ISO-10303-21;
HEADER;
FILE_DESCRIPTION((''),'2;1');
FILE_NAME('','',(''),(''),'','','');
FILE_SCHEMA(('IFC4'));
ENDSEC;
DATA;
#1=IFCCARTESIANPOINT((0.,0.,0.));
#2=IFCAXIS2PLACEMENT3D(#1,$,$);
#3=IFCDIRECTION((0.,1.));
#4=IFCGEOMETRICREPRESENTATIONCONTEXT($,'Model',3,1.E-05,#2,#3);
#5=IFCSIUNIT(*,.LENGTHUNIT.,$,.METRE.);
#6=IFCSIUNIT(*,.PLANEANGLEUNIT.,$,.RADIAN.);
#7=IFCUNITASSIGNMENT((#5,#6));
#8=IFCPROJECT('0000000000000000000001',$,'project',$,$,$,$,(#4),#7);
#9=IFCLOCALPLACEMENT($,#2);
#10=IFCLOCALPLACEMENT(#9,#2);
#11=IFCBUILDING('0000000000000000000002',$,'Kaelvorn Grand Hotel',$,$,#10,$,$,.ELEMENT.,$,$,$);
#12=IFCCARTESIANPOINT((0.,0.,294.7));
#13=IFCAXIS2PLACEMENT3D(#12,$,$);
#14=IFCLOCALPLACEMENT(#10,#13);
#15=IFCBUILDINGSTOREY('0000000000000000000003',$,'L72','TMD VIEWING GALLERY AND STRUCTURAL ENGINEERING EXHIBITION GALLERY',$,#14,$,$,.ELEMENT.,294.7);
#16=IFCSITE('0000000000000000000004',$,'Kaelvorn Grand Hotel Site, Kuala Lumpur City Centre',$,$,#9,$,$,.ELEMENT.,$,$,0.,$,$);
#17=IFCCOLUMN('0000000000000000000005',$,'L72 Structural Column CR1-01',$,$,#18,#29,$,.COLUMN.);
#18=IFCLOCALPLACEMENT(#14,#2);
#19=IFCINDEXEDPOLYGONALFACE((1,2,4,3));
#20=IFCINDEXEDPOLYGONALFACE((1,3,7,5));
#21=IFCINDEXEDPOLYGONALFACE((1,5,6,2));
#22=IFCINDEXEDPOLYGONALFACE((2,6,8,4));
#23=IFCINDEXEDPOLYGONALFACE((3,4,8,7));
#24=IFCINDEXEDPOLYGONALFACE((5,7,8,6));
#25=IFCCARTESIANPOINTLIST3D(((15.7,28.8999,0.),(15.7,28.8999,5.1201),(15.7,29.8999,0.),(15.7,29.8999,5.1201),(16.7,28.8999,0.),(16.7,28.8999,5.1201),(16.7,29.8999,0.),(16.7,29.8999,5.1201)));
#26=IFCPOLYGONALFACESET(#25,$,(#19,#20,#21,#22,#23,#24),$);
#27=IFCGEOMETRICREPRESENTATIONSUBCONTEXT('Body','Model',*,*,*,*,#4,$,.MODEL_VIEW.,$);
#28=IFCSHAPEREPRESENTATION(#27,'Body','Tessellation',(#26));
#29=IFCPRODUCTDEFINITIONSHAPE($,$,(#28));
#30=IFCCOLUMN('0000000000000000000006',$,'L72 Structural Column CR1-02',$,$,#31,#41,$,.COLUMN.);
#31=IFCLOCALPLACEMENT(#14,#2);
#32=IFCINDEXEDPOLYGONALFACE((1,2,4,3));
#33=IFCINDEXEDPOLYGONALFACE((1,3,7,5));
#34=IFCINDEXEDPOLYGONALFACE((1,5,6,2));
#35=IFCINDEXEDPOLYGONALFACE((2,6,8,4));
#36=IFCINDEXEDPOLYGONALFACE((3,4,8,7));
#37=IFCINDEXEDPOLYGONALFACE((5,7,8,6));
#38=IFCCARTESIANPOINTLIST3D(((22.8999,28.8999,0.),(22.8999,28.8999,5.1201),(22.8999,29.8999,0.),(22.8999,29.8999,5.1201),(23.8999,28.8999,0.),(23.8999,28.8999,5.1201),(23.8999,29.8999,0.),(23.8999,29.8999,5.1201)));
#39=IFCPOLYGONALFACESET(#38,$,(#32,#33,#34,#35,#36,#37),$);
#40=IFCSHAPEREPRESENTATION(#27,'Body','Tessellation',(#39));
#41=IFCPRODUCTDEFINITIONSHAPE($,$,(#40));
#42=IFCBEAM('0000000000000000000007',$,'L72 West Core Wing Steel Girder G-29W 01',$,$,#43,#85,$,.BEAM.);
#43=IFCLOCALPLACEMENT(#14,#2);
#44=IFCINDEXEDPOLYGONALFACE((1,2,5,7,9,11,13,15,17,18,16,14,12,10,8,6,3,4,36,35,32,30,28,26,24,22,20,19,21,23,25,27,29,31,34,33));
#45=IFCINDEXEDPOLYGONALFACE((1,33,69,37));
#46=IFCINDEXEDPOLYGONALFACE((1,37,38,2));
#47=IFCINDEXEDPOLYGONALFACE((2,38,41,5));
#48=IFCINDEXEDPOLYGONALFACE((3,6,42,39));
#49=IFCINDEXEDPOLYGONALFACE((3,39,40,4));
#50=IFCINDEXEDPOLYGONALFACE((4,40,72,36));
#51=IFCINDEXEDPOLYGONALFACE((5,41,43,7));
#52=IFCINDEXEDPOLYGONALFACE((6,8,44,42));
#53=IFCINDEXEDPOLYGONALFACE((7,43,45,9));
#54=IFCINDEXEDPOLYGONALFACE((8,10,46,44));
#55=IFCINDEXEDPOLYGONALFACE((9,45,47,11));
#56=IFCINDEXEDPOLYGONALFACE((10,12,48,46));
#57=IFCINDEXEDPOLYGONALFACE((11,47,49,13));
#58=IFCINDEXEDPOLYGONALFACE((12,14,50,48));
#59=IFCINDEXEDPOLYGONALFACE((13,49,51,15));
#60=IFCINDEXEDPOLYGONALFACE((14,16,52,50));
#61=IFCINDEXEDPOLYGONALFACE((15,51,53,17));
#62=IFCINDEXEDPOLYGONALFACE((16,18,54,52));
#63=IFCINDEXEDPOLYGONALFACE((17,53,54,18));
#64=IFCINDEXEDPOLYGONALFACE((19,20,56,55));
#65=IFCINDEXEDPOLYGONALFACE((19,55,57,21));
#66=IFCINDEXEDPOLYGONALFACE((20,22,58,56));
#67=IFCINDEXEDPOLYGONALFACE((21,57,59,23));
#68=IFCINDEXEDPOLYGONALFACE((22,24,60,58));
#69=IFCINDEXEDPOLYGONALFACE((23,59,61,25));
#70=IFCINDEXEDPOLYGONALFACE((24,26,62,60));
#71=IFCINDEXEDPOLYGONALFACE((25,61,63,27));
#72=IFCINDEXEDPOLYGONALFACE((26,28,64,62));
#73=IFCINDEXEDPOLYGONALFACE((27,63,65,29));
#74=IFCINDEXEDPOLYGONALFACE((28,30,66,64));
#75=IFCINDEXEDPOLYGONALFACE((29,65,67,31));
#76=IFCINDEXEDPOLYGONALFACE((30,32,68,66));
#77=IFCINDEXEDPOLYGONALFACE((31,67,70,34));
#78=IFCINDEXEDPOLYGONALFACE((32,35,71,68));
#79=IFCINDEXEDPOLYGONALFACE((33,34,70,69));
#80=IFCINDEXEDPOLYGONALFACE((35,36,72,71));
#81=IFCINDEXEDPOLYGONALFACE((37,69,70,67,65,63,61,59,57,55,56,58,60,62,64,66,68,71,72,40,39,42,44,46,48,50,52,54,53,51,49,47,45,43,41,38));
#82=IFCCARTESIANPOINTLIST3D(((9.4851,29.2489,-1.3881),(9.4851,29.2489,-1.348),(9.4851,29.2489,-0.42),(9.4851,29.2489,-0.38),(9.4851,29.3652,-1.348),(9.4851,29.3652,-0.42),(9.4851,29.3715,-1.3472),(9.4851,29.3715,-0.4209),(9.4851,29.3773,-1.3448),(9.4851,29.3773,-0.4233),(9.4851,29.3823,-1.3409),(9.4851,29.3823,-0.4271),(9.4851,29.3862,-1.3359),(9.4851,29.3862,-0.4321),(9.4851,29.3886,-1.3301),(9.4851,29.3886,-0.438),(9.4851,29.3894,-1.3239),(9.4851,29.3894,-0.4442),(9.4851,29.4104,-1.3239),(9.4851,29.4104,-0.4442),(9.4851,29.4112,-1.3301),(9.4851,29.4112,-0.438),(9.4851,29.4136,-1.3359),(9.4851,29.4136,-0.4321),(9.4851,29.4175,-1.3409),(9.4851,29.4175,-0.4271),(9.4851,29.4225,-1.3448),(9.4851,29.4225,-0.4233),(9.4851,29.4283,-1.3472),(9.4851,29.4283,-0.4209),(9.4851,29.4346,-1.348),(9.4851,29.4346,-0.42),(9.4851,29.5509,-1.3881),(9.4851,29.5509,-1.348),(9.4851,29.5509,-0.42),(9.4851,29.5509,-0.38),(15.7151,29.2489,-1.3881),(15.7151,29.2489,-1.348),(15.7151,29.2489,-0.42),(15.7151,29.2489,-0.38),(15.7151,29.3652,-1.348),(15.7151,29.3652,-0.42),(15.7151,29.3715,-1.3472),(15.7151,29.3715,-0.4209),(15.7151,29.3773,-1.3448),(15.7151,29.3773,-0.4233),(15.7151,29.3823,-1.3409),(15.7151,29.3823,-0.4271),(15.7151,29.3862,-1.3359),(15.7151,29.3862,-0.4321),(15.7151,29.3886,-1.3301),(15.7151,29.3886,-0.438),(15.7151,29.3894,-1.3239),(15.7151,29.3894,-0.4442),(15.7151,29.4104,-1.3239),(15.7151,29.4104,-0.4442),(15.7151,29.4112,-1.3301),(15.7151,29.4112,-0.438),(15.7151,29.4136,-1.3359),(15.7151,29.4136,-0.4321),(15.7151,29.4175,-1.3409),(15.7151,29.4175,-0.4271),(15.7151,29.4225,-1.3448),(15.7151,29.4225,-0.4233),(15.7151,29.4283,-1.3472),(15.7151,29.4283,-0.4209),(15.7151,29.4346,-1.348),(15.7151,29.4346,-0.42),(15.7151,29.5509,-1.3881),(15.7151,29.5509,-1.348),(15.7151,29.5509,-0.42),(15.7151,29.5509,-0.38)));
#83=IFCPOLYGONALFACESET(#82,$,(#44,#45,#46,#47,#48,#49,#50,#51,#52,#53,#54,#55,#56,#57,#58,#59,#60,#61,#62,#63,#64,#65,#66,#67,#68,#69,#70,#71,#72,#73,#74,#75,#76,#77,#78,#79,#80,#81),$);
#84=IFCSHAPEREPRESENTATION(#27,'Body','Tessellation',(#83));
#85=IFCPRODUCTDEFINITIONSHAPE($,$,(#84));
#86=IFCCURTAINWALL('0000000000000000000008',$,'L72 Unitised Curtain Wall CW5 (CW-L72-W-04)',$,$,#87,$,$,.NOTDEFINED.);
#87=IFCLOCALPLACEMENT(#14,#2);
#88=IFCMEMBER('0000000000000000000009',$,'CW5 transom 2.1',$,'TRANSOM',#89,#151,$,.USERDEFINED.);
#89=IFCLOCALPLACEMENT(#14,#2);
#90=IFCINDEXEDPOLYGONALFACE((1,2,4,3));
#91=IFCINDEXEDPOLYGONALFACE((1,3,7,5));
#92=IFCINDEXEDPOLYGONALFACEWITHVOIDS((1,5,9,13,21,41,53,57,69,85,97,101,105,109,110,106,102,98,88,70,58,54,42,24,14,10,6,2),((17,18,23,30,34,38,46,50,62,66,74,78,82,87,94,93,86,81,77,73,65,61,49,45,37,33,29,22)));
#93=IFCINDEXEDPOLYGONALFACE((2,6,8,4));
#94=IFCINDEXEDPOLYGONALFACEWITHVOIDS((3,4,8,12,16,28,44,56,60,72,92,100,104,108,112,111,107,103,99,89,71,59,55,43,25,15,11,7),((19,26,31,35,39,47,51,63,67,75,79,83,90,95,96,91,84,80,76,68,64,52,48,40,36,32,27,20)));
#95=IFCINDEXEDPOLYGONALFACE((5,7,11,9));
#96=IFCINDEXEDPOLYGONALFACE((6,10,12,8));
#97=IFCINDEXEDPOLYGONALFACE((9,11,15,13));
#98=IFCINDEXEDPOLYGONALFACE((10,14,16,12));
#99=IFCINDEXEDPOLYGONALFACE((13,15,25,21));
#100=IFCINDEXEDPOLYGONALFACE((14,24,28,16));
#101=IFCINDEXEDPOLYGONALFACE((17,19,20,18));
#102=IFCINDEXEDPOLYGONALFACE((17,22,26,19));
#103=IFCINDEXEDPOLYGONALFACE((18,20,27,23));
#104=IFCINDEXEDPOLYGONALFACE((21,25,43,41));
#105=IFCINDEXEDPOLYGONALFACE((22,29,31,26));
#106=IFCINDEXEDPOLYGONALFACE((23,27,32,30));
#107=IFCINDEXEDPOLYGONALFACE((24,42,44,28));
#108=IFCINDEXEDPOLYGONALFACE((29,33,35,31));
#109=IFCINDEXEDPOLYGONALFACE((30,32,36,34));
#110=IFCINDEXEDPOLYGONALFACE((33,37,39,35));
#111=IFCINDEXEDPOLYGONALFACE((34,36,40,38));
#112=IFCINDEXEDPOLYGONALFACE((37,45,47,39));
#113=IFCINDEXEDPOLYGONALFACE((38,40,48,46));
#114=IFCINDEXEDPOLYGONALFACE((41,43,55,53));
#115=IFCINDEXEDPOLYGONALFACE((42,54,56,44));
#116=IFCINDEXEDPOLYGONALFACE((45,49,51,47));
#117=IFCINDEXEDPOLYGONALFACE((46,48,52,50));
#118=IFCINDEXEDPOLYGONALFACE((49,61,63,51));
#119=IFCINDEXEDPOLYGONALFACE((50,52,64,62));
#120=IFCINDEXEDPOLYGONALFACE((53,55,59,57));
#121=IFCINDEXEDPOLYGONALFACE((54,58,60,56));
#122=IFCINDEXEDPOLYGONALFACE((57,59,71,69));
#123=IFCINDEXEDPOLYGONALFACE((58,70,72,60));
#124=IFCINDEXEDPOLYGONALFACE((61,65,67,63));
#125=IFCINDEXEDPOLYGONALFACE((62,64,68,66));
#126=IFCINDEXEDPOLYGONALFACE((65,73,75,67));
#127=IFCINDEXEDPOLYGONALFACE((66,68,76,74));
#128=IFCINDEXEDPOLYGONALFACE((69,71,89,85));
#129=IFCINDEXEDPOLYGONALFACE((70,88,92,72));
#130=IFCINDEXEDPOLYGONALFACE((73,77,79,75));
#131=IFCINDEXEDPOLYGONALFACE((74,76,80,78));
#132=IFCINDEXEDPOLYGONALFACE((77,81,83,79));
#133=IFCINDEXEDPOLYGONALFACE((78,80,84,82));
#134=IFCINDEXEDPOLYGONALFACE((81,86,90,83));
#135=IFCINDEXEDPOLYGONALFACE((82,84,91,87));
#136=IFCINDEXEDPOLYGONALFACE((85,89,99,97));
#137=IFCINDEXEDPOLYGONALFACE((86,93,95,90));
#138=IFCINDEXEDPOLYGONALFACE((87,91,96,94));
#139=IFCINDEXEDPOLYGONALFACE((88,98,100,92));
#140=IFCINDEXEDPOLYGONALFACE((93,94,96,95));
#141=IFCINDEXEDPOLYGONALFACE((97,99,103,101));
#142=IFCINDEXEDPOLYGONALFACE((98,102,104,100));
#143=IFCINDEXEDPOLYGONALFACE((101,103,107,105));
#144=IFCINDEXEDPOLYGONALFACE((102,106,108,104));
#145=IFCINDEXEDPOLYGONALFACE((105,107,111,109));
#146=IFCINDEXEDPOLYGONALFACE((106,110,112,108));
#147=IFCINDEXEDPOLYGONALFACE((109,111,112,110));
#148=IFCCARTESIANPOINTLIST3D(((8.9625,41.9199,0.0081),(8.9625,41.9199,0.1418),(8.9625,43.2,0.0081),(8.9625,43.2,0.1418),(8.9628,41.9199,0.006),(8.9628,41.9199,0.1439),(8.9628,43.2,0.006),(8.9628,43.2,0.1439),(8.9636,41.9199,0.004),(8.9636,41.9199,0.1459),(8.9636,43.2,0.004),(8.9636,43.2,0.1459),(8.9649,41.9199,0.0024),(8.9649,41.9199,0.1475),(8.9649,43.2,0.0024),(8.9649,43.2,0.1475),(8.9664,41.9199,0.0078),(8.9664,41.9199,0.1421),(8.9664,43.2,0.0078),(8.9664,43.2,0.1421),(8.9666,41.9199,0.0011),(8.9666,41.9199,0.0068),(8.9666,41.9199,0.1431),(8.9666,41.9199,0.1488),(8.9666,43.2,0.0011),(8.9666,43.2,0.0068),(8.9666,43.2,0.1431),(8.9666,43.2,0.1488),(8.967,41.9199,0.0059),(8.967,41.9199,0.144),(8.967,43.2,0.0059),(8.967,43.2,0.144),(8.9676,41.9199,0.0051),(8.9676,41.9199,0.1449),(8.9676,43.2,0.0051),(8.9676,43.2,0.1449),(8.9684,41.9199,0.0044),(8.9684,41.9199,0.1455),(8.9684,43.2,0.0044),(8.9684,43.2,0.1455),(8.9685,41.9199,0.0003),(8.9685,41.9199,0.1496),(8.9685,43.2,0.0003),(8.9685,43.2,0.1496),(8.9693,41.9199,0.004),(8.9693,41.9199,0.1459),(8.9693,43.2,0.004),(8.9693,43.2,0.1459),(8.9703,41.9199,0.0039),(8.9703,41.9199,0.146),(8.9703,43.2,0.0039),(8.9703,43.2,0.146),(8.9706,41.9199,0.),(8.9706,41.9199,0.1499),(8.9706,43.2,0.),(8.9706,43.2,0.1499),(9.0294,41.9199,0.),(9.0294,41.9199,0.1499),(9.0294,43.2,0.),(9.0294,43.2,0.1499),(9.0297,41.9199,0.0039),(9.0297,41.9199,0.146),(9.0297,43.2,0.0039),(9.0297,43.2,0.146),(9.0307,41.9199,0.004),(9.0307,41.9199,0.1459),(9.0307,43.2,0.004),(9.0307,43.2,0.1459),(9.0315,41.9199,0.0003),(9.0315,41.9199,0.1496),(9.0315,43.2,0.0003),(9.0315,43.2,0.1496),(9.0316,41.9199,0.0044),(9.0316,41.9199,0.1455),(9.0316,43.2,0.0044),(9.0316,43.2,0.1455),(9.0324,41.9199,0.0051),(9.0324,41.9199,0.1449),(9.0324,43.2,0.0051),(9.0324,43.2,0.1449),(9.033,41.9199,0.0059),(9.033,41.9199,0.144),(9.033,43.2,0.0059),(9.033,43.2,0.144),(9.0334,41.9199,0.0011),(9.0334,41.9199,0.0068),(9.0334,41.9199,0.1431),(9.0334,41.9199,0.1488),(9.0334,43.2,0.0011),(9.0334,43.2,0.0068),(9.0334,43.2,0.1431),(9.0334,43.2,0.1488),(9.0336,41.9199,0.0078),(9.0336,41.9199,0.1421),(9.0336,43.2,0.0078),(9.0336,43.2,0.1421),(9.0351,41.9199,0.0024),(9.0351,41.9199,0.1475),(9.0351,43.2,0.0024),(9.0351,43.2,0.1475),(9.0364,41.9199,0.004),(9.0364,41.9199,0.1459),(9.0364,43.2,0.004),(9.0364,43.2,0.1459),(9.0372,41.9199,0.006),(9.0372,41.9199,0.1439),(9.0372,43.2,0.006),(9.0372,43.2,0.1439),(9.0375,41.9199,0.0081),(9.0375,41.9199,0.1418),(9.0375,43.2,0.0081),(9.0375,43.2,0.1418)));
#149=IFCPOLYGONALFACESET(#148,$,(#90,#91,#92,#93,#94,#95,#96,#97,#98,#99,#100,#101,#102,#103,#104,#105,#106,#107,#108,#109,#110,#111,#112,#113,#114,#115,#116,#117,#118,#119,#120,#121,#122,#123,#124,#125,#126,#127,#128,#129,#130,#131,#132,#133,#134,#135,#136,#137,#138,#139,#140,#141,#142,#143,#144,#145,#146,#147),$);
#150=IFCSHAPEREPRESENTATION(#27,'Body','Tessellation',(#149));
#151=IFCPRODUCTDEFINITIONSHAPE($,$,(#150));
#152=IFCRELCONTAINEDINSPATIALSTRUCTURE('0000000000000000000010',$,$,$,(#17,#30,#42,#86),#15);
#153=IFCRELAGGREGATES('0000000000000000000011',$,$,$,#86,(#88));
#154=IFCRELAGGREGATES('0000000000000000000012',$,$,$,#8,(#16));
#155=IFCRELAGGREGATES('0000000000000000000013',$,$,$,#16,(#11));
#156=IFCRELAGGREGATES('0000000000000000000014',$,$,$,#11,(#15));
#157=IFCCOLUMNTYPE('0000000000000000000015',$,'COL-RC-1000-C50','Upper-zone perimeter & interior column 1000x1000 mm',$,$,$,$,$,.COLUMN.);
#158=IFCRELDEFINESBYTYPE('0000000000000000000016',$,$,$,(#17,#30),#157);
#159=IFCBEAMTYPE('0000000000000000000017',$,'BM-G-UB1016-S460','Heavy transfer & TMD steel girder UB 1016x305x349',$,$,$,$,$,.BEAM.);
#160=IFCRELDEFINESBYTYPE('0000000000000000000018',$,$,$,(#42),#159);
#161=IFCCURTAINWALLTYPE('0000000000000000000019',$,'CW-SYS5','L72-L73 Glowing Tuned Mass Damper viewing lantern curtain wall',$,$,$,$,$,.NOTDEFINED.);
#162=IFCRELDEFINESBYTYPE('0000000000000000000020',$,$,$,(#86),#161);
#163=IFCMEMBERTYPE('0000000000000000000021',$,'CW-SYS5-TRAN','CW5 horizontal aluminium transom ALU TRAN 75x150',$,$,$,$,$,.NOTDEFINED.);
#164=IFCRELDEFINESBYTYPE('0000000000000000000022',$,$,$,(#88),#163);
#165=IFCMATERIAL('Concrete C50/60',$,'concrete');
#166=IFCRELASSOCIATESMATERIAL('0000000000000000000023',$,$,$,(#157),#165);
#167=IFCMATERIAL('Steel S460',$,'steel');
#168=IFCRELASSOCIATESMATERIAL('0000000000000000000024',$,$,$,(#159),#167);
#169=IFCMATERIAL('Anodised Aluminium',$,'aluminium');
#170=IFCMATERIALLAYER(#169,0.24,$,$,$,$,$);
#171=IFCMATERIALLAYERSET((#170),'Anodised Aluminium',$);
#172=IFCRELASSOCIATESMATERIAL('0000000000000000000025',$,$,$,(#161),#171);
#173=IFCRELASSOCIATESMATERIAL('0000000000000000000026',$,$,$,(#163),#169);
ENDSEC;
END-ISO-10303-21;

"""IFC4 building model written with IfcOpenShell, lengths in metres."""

from ifc_helpers import new_model, si_unit, direction, frame, origin, origin_2d, place, context, subcontext, project, spatial, rectangle, hollow_rectangle, i_section, extrude, material, layer, layer_set, material_profile, profile_set, type_object, element, aggregate, save


model = new_model("IFC4")

# Units and contexts
model_context = context("Model", 3, precision=1e-05, world=origin(), true_north=direction((0.0, 1.0)))
body_context = subcontext(model_context, "Body", "Model", "MODEL_VIEW")
ifc_project = project(units=[si_unit("LENGTHUNIT", "METRE"), si_unit("PLANEANGLEUNIT", "RADIAN")], contexts=[model_context])

# Site, building, storey
site_placement = place(None, origin())
site = spatial("IfcSite", under=ifc_project, at=site_placement, Name="Kaelvorn Grand Hotel Site, Kuala Lumpur City Centre", CompositionType="ELEMENT", RefElevation=0.0)
building_placement = place(site_placement, origin())
building = spatial("IfcBuilding", under=site, at=building_placement, Name="Kaelvorn Grand Hotel", CompositionType="ELEMENT")
storey_placement = place(building_placement, frame((0.0, 0.0, 294.7)))
storey = spatial("IfcBuildingStorey", under=building, at=storey_placement, Name="L72", Description="TMD VIEWING GALLERY AND STRUCTURAL ENGINEERING EXHIBITION GALLERY", CompositionType="ELEMENT", Elevation=294.7)

# Columns
ifc_material_1 = material(Name="Concrete C50/60", Category="concrete")
ifc_material_profile_1 = material_profile(ifc_material_1, rectangle(XDim=1.0, YDim=1.0, at=origin_2d()), Name="RC COL 1000x1000")
ifc_profile_set_1 = profile_set([ifc_material_profile_1], Name="Concrete C50/60")
column_type = type_object("IfcColumnType", Name="COL-RC-1000-C50", Description="Upper-zone perimeter & interior column 1000x1000 mm", PredefinedType="COLUMN", material=ifc_profile_set_1)
for number, where, z_axis, x_axis, name in (
    (1, (16.2, 29.3999, 0.0), (0.0, 0.0, 1.0), (1.0, 0.0, 0.0), "L72 Structural Column CR1-01"),
    (2, (23.3999, 29.3999, 0.0), (0.0, 0.0, 1.0), (1.0, 0.0, 0.0), "L72 Structural Column CR1-02"),
):
    element("IfcColumn", number, at=place(storey_placement, frame(where, z_axis=z_axis, x_axis=x_axis)), inside=storey, type_object=column_type, Name=name, PredefinedType="COLUMN", context=body_context, shape_type="SweptSolid", body=[
        extrude(rectangle(XDim=1.0, YDim=1.0, at=origin_2d()), origin(), (0.0, 0.0, 1.0), 5.1201),
    ])

# Beam
ifc_material_2 = material(Name="Steel S460", Category="steel")
ifc_material_profile_2 = material_profile(ifc_material_2, i_section(OverallWidth=0.302, OverallDepth=1.0081, WebThickness=0.021, FlangeThickness=0.04, FilletRadius=0.0242, at=origin_2d()), Name="UB 1016x305x349")
ifc_profile_set_2 = profile_set([ifc_material_profile_2], Name="Steel S460")
beam_type = type_object("IfcBeamType", Name="BM-G-UB1016-S460", Description="Heavy transfer & TMD steel girder UB 1016x305x349", PredefinedType="BEAM", material=ifc_profile_set_2)
beam_placement = place(storey_placement, frame((9.4851, 29.3999, -0.884), z_axis=(1.0, 0.0, 0.0), x_axis=(0.0, 1.0, 0.0)))
element("IfcBeam", 3, at=beam_placement, inside=storey, type_object=beam_type, Name="L72 West Core Wing Steel Girder G-29W 01", PredefinedType="BEAM", context=body_context, shape_type="SweptSolid", body=[
    extrude(i_section(OverallWidth=0.302, OverallDepth=1.0081, WebThickness=0.021, FlangeThickness=0.04, FilletRadius=0.0242, at=origin_2d()), origin(), (0.0, 0.0, 1.0), 6.23),
])

# Curtain wall, member
ifc_material_3 = material(Name="Anodised Aluminium", Category="aluminium")
ifc_layer_1 = layer(ifc_material_3, 0.24)
ifc_layer_set_1 = layer_set([ifc_layer_1], Name="Anodised Aluminium")
curtain_wall_type = type_object("IfcCurtainWallType", Name="CW-SYS5", Description="L72-L73 Glowing Tuned Mass Damper viewing lantern curtain wall", PredefinedType="NOTDEFINED", material=ifc_layer_set_1)
curtain_wall_placement = place(storey_placement, origin())
curtain_wall = element("IfcCurtainWall", 4, at=curtain_wall_placement, inside=storey, type_object=curtain_wall_type, Name="L72 Unitised Curtain Wall CW5 (CW-L72-W-04)", PredefinedType="NOTDEFINED")
ifc_material_profile_3 = material_profile(ifc_material_3, hollow_rectangle(XDim=0.075, YDim=0.1499, WallThickness=0.0039, InnerFilletRadius=0.0039, OuterFilletRadius=0.0081, at=origin_2d()), Name="ALU TRAN 75x150")
ifc_profile_set_3 = profile_set([ifc_material_profile_3], Name="Anodised Aluminium")
member_type = type_object("IfcMemberType", Name="CW-SYS5-TRAN", Description="CW5 horizontal aluminium transom ALU TRAN 75x150", PredefinedType="NOTDEFINED", material=ifc_profile_set_3)
member_1_placement = place(storey_placement, frame((9.0, 43.2, 0.075), z_axis=(0.0, -1.0, 0.0), x_axis=(1.0, 0.0, 0.0)))
member_1 = element("IfcMember", 5, at=member_1_placement, type_object=member_type, Name="CW5 transom 2.1", ObjectType="TRANSOM", PredefinedType="USERDEFINED", context=body_context, shape_type="SweptSolid", body=[
    extrude(hollow_rectangle(XDim=0.075, YDim=0.1499, WallThickness=0.0039, InnerFilletRadius=0.0039, OuterFilletRadius=0.0081, at=origin_2d()), origin(), (0.0, 0.0, 1.0), 1.28),
])
aggregate(curtain_wall, [member_1])

save(model, "model.ifc")
